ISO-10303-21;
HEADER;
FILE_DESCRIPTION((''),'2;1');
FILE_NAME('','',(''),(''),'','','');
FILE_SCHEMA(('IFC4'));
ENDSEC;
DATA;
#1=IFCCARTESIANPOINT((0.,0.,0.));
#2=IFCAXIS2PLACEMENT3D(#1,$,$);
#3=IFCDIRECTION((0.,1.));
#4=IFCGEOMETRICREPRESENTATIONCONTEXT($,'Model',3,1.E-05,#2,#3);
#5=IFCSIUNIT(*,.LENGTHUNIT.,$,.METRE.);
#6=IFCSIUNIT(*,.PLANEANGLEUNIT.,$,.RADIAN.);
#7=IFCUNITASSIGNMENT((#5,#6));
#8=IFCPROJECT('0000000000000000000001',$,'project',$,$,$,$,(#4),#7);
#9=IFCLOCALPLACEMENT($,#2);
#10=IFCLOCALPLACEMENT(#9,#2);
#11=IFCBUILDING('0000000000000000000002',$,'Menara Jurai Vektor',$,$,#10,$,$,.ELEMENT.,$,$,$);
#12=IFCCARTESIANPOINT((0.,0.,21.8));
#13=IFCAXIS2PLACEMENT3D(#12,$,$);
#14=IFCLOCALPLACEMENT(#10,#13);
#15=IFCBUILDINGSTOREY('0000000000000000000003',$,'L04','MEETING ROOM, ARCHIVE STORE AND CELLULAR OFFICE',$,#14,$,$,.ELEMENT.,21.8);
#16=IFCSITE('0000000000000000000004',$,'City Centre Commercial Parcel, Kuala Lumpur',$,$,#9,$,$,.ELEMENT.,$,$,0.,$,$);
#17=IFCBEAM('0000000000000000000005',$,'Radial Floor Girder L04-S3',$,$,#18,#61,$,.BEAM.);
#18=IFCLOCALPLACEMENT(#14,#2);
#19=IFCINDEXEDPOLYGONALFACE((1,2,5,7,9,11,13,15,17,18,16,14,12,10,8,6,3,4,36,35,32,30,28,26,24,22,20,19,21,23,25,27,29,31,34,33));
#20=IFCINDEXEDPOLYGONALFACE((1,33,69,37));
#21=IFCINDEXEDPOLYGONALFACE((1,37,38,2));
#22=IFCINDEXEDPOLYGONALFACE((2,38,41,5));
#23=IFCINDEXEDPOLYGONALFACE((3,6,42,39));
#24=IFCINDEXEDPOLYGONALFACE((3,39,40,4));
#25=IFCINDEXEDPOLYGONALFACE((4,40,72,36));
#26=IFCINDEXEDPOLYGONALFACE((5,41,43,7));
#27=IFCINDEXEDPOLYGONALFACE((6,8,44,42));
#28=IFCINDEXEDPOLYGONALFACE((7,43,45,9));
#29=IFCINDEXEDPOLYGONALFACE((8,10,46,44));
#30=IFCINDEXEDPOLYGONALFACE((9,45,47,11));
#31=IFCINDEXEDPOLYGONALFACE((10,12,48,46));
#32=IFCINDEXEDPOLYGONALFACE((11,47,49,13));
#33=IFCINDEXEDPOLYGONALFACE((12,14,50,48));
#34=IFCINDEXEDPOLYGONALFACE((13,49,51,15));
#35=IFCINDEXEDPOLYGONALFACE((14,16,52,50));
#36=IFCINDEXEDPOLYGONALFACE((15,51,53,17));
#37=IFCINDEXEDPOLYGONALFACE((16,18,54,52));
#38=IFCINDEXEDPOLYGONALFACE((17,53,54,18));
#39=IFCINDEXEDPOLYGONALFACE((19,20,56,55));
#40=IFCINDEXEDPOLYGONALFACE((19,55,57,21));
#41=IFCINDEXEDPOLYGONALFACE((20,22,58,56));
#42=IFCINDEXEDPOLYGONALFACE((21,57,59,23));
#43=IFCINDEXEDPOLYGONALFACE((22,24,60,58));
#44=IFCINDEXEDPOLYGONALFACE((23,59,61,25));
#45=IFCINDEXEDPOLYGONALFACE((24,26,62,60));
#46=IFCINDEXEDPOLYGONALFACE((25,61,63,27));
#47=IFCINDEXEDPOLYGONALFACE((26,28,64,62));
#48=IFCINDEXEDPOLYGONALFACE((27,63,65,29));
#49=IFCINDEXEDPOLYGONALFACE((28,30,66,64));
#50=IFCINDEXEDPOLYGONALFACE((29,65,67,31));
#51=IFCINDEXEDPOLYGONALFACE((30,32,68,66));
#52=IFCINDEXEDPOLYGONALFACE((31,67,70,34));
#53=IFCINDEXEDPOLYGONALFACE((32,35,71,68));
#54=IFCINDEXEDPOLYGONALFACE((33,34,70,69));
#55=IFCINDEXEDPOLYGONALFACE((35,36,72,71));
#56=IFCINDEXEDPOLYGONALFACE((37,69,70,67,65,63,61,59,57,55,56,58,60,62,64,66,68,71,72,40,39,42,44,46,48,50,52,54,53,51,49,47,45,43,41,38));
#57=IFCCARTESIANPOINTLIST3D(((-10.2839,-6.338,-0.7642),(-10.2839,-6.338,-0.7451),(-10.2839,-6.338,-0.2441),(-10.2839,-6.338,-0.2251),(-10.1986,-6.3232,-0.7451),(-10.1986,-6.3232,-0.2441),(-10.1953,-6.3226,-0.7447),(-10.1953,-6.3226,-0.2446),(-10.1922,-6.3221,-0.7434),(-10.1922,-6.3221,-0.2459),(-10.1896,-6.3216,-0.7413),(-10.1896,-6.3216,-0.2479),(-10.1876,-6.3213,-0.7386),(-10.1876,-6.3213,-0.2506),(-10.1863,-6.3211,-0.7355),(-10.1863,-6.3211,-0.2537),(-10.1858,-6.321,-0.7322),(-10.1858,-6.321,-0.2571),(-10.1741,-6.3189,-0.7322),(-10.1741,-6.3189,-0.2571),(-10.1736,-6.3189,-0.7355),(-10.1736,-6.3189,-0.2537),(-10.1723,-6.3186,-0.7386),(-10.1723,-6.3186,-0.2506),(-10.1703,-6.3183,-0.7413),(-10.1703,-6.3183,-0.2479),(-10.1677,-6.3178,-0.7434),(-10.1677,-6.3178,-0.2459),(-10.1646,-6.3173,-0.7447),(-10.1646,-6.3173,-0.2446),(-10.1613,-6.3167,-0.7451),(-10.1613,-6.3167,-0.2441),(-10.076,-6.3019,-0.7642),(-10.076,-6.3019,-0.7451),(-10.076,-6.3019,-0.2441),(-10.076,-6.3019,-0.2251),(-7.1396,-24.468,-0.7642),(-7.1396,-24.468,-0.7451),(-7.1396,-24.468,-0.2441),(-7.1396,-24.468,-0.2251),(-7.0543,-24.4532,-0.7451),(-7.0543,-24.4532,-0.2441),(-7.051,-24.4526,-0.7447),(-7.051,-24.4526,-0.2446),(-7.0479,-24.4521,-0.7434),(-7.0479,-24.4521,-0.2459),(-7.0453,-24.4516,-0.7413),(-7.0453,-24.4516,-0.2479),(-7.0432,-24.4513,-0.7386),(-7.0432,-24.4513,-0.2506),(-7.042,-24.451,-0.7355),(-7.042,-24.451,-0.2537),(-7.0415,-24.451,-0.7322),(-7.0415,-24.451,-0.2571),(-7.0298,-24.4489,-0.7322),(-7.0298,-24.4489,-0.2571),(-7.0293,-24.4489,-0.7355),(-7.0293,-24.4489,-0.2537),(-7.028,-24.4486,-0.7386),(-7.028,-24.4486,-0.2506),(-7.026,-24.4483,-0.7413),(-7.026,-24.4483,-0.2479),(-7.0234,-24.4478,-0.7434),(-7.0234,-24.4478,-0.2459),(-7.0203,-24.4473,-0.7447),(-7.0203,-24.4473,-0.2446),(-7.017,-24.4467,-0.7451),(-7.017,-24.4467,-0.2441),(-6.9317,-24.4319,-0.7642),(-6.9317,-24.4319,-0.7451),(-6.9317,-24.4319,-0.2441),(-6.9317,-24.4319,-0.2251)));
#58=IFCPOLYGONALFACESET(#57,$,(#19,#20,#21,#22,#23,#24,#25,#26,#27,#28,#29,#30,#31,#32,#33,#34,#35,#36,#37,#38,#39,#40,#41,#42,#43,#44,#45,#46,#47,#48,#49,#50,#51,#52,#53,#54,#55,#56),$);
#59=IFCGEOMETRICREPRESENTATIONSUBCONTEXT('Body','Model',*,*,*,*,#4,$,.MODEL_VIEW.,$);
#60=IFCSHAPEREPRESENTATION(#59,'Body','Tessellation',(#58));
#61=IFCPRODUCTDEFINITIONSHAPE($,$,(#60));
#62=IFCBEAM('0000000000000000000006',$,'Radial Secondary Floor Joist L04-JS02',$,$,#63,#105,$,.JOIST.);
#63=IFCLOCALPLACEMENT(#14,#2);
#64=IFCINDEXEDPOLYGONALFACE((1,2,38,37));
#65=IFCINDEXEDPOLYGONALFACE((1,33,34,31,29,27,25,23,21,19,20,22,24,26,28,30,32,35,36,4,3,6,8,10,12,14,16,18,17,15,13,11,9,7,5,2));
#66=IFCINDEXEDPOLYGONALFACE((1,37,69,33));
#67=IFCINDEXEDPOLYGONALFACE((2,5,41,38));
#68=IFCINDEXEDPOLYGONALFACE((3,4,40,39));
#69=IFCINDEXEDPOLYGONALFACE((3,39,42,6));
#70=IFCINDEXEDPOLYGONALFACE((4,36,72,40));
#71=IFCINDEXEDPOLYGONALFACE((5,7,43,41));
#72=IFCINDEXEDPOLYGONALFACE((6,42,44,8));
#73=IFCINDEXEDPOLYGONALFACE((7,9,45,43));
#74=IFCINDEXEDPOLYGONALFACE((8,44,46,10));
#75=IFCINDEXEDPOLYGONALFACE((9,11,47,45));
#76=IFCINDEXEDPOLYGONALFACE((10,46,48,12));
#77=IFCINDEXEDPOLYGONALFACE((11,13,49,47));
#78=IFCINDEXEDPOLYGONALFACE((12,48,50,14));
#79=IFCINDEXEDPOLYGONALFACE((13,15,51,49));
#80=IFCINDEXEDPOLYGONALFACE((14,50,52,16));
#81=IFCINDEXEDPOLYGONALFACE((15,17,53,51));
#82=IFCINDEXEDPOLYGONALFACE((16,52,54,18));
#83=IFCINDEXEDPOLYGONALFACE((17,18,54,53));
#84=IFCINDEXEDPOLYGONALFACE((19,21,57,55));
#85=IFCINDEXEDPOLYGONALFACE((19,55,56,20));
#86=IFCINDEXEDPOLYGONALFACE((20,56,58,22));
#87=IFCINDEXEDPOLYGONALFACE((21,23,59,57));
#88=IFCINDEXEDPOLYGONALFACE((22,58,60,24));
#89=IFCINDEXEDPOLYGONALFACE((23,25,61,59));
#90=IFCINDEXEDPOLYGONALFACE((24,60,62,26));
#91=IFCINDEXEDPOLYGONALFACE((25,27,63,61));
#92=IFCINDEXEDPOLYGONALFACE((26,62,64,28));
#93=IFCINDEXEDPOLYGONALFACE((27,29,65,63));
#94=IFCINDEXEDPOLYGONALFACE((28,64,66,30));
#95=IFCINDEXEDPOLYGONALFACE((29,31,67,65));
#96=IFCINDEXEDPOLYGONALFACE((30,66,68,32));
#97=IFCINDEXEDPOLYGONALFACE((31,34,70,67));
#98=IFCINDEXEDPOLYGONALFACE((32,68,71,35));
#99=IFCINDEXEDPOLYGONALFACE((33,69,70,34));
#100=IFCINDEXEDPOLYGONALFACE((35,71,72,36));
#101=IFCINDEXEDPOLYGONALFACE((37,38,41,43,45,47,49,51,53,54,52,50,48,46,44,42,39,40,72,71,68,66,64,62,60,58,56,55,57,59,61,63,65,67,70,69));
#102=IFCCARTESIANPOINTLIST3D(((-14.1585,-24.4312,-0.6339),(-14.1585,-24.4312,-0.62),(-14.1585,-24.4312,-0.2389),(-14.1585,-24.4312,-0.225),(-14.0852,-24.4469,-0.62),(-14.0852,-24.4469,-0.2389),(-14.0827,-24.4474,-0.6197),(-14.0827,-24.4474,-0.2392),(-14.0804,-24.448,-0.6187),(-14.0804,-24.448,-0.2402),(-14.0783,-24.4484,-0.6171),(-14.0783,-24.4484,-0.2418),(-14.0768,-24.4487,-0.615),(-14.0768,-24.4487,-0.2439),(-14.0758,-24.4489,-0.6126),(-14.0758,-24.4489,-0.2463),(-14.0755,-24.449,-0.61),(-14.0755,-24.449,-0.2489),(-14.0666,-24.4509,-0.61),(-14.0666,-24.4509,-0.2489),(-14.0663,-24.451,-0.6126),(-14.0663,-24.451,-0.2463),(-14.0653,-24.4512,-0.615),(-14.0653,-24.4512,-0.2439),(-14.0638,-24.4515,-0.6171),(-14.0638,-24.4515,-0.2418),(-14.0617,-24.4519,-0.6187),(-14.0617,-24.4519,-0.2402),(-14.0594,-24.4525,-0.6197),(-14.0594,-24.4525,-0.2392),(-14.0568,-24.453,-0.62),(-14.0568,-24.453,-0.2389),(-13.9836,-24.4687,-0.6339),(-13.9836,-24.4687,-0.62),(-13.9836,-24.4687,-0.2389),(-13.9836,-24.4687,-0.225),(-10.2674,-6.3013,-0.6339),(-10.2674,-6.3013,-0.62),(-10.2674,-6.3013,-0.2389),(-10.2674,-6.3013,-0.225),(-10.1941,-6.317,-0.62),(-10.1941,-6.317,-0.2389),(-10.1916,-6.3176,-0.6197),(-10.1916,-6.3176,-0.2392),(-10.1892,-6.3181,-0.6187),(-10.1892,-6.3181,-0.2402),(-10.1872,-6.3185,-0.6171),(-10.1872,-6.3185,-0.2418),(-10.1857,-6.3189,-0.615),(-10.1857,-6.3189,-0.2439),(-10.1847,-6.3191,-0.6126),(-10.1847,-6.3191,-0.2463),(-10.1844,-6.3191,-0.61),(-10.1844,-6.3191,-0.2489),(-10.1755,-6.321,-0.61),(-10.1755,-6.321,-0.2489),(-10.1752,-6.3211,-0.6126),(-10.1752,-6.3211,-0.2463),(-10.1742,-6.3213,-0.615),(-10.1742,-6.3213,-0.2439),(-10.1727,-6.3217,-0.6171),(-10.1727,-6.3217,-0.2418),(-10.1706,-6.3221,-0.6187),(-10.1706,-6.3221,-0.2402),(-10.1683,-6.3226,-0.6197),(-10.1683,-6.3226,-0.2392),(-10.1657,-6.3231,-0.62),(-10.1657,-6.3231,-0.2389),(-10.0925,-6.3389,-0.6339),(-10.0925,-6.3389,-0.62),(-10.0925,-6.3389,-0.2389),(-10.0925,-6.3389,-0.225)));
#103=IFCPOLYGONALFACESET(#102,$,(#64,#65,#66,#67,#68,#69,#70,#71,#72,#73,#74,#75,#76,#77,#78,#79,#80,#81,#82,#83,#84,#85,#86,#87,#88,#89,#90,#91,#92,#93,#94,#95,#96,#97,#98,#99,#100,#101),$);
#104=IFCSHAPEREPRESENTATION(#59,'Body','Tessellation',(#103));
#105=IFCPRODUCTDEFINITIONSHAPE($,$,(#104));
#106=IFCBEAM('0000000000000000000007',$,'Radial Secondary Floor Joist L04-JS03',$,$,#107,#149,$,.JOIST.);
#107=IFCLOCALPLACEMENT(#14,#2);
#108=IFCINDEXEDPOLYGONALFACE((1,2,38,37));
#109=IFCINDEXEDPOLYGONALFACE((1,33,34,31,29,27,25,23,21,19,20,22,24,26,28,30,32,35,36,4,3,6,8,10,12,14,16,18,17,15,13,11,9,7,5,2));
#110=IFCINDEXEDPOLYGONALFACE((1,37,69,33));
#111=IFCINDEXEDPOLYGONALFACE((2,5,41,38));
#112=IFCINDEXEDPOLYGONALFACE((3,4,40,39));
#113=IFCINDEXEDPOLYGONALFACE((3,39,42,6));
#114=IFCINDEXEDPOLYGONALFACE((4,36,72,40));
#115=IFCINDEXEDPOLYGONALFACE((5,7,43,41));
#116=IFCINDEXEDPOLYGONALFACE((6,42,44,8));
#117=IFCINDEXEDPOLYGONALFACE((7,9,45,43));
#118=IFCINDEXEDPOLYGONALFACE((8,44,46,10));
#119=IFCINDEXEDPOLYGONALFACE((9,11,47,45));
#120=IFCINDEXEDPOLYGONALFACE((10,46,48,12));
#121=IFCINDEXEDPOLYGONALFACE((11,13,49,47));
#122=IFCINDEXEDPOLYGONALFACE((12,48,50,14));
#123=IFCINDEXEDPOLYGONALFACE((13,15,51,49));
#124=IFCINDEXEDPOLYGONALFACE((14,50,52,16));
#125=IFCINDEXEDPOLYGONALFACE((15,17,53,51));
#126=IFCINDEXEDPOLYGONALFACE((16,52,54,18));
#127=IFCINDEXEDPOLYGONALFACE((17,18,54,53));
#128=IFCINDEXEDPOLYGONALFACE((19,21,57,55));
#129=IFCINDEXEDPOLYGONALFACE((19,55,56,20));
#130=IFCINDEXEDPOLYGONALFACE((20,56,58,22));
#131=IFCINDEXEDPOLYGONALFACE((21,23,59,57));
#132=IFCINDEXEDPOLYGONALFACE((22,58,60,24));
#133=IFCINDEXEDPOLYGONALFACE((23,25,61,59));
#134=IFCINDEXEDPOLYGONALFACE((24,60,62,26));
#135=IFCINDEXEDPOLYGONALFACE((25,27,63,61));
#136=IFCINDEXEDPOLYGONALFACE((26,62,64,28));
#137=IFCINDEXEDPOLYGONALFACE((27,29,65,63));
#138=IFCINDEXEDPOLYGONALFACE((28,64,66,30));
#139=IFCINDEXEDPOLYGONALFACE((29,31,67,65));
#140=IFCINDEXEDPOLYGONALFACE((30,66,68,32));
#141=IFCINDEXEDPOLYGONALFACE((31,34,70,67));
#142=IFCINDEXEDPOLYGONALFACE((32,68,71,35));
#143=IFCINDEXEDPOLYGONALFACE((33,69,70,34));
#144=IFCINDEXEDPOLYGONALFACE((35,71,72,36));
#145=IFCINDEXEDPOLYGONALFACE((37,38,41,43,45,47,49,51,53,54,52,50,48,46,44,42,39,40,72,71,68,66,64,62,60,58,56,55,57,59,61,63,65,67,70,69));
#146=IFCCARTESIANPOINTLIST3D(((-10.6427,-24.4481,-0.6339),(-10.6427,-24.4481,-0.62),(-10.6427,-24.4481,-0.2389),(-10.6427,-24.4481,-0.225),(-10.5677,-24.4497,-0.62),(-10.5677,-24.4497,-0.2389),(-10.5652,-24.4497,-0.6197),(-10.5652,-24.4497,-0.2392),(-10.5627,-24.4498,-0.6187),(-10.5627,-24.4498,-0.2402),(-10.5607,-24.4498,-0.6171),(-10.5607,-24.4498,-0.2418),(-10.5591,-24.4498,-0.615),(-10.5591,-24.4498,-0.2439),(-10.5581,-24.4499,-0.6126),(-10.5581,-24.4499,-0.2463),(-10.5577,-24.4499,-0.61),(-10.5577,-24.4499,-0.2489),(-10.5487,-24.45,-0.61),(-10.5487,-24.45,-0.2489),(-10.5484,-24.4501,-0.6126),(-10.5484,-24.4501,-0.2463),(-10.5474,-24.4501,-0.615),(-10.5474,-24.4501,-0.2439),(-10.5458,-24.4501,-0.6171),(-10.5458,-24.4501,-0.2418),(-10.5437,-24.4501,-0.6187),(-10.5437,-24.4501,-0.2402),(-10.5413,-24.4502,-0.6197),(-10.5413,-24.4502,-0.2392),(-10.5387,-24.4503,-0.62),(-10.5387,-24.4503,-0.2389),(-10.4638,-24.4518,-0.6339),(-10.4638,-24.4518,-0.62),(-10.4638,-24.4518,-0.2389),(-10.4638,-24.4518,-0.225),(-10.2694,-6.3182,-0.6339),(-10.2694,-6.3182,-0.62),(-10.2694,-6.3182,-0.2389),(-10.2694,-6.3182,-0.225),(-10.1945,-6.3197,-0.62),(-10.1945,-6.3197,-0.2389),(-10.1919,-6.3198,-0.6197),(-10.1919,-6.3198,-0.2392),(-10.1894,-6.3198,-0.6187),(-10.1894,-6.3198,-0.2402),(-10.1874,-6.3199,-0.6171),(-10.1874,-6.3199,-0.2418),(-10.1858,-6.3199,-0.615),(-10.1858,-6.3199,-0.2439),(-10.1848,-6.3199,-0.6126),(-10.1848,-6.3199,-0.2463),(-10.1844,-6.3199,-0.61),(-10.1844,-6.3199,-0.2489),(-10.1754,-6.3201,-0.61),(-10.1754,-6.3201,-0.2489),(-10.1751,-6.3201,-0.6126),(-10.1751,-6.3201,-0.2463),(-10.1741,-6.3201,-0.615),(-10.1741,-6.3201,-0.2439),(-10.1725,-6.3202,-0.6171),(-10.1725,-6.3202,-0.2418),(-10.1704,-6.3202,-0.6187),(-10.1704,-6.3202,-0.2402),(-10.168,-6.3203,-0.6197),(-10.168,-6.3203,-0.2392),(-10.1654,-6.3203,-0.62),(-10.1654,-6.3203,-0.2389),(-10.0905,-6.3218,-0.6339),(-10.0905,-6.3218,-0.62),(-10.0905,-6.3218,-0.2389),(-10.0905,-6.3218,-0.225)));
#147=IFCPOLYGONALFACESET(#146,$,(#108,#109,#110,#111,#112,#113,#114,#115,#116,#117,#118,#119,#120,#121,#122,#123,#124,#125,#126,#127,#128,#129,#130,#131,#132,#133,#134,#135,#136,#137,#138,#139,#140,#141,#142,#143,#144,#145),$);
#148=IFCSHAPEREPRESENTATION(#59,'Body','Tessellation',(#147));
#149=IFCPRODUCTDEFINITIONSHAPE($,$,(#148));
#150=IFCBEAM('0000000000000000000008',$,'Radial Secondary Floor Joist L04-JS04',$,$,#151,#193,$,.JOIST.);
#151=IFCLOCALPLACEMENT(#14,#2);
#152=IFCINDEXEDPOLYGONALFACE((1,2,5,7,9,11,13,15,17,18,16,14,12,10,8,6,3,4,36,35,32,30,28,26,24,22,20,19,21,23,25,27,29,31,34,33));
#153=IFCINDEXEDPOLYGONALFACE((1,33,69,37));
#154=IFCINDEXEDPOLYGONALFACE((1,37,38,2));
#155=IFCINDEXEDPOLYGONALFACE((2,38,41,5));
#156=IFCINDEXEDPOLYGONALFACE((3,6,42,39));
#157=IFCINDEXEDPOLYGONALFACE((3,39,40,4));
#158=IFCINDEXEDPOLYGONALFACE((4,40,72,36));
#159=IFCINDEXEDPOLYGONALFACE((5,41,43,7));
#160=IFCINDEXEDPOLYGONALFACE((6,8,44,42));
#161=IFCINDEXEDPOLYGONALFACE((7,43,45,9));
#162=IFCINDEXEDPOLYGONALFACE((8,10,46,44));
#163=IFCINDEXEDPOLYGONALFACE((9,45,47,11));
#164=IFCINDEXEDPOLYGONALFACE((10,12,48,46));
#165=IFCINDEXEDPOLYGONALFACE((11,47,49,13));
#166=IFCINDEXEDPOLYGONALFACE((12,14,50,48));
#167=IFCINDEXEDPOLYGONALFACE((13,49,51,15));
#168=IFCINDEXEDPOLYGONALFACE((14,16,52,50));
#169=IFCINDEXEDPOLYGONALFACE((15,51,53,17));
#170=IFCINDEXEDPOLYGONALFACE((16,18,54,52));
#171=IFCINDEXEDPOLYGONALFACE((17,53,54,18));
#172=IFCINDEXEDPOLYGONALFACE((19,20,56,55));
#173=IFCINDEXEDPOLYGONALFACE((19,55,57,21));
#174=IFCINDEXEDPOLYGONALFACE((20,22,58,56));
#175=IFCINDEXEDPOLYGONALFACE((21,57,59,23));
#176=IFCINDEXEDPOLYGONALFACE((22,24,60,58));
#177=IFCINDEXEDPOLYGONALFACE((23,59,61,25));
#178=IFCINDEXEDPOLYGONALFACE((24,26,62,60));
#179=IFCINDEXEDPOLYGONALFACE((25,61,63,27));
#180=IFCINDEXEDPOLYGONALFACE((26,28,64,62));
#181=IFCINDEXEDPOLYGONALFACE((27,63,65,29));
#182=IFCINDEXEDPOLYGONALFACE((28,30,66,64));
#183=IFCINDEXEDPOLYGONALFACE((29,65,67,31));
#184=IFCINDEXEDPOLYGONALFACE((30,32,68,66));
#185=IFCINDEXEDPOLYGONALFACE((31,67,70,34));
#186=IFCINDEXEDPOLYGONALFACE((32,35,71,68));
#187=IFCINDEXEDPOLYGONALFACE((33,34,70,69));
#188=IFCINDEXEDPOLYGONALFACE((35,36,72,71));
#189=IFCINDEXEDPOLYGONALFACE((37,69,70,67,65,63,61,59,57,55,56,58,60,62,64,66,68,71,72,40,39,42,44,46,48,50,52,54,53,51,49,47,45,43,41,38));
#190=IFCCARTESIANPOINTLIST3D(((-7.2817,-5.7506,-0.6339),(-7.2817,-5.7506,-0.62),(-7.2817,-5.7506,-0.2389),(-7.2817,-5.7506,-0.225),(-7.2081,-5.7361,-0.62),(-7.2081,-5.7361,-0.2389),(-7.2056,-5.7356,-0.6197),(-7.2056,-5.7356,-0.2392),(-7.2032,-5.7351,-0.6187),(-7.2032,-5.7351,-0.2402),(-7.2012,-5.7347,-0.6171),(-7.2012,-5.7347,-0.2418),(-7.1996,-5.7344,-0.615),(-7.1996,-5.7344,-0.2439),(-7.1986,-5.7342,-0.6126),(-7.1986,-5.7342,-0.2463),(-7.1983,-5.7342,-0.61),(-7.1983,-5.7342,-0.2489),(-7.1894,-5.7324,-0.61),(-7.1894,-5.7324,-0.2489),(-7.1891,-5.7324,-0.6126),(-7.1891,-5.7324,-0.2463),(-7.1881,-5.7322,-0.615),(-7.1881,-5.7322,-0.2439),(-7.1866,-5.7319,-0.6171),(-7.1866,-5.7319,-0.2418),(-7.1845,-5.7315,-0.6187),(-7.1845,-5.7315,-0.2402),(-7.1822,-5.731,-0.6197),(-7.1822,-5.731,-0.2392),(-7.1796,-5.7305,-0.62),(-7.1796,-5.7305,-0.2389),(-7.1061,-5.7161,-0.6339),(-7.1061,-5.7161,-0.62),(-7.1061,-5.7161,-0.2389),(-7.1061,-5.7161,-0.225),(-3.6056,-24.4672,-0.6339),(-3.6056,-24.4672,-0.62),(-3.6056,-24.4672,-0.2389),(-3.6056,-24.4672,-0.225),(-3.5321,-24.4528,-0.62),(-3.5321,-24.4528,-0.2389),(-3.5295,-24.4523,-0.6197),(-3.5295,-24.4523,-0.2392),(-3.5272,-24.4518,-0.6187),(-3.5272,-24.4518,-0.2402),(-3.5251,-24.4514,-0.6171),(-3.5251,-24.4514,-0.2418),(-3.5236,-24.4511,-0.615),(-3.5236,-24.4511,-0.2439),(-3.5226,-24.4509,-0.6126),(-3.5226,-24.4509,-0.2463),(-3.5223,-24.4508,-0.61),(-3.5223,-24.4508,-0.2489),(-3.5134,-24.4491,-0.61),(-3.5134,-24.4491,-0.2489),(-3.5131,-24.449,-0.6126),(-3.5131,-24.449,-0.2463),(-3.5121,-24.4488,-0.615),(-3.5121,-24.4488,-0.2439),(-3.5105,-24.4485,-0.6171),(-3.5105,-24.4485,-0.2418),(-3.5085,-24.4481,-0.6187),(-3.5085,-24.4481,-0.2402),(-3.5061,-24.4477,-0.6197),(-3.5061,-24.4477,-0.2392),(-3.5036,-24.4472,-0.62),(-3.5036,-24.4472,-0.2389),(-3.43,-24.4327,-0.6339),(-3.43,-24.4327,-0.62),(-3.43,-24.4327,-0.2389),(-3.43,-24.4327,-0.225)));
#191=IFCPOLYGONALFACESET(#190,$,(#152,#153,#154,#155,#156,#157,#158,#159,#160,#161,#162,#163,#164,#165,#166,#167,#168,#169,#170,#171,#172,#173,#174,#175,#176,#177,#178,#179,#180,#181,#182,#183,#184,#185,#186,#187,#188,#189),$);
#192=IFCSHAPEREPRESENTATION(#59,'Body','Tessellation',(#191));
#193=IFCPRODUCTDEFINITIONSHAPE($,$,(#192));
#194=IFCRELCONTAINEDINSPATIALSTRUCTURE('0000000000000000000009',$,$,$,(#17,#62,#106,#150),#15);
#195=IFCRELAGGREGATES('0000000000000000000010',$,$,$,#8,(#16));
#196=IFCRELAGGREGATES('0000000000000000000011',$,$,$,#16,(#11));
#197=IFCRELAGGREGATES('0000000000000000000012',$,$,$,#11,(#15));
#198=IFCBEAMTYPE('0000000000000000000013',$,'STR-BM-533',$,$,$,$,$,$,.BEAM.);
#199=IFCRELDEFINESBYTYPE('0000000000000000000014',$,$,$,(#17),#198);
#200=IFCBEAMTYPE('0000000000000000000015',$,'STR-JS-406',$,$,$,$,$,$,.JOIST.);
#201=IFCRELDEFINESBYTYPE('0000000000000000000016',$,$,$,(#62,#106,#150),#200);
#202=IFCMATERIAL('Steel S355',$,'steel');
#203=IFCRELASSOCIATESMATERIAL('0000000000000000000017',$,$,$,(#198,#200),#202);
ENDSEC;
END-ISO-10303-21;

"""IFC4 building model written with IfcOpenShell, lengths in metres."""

from ifc_helpers import new_model, si_unit, direction, frame, origin, origin_2d, place, context, subcontext, project, spatial, i_section, extrude, material, material_profile, profile_set, type_object, element, save


model = new_model("IFC4")

# Units and contexts
model_context = context("Model", 3, precision=1e-05, world=origin(), true_north=direction((0.0, 1.0)))
body_context = subcontext(model_context, "Body", "Model", "MODEL_VIEW")
ifc_project = project(units=[si_unit("LENGTHUNIT", "METRE"), si_unit("PLANEANGLEUNIT", "RADIAN")], contexts=[model_context])

# Site, building, storey
site_placement = place(None, origin())
site = spatial("IfcSite", under=ifc_project, at=site_placement, Name="City Centre Commercial Parcel, Kuala Lumpur", CompositionType="ELEMENT", RefElevation=0.0)
building_placement = place(site_placement, origin())
building = spatial("IfcBuilding", under=site, at=building_placement, Name="Menara Jurai Vektor", CompositionType="ELEMENT")
storey_placement = place(building_placement, frame((0.0, 0.0, 21.8)))
storey = spatial("IfcBuildingStorey", under=building, at=storey_placement, Name="L04", Description="MEETING ROOM, ARCHIVE STORE AND CELLULAR OFFICE", CompositionType="ELEMENT", Elevation=21.8)

# Beams
ifc_material_1 = material(Name="Steel S355", Category="steel")
ifc_material_profile_1 = material_profile(ifc_material_1, i_section(OverallWidth=0.2109, OverallDepth=0.5391, WebThickness=0.012, FlangeThickness=0.019, FilletRadius=0.0129, at=origin_2d()), Name="UKB 533x210x109")
ifc_profile_set_1 = profile_set([ifc_material_profile_1], Name="Steel S355")
beam_type_1 = type_object("IfcBeamType", Name="STR-BM-533", PredefinedType="BEAM", material=ifc_profile_set_1)
beam_1_placement = place(storey_placement, frame((-7.0356, -24.45, -0.4946), z_axis=(-0.17088, 0.985292, 0.0), x_axis=(-0.985292, -0.17088, 0.0)))
element("IfcBeam", 1, at=beam_1_placement, inside=storey, type_object=beam_type_1, Name="Radial Floor Girder L04-S3", PredefinedType="BEAM", context=body_context, shape_type="SweptSolid", body=[
    extrude(i_section(OverallWidth=0.2109, OverallDepth=0.5391, WebThickness=0.012, FlangeThickness=0.019, FilletRadius=0.0129, at=origin_2d()), origin(), (0.0, 0.0, 1.0), 18.4006),
])
ifc_material_profile_2 = material_profile(ifc_material_1, i_section(OverallWidth=0.179, OverallDepth=0.4089, WebThickness=0.009, FlangeThickness=0.0139, FilletRadius=0.01, at=origin_2d()), Name="UKB 406x178x67")
ifc_profile_set_2 = profile_set([ifc_material_profile_2], Name="Steel S355")
beam_type_2 = type_object("IfcBeamType", Name="STR-JS-406", PredefinedType="JOIST", material=ifc_profile_set_2)
beam_2_placement = place(storey_placement, frame((-14.071, -24.45, -0.4294), z_axis=(0.209846, 0.977735, 0.0), x_axis=(-0.977735, 0.209846, 0.0)))
element("IfcBeam", 2, at=beam_2_placement, inside=storey, type_object=beam_type_2, Name="Radial Secondary Floor Joist L04-JS02", PredefinedType="JOIST", context=body_context, shape_type="SweptSolid", body=[
    extrude(i_section(OverallWidth=0.179, OverallDepth=0.4089, WebThickness=0.009, FlangeThickness=0.0139, FilletRadius=0.01, at=origin_2d()), origin(), (0.0, 0.0, 1.0), 18.5427),
])
beam_3_placement = place(storey_placement, frame((-10.5532, -24.45, -0.4294), z_axis=(0.020585, 0.999788, 0.0), x_axis=(-0.999788, 0.020585, 0.0)))
element("IfcBeam", 3, at=beam_3_placement, inside=storey, type_object=beam_type_2, Name="Radial Secondary Floor Joist L04-JS03", PredefinedType="JOIST", context=body_context, shape_type="SweptSolid", body=[
    extrude(i_section(OverallWidth=0.179, OverallDepth=0.4089, WebThickness=0.009, FlangeThickness=0.0139, FilletRadius=0.01, at=origin_2d()), origin(), (0.0, 0.0, 1.0), 18.1338),
])
beam_4_placement = place(storey_placement, frame((-3.5178, -24.45, -0.4294), z_axis=(-0.192723, 0.981253, 0.0), x_axis=(-0.981253, -0.192723, 0.0)))
element("IfcBeam", 4, at=beam_4_placement, inside=storey, type_object=beam_type_2, Name="Radial Secondary Floor Joist L04-JS04", PredefinedType="JOIST", context=body_context, shape_type="SweptSolid", body=[
    extrude(i_section(OverallWidth=0.179, OverallDepth=0.4089, WebThickness=0.009, FlangeThickness=0.0139, FilletRadius=0.01, at=origin_2d()), origin(), (0.0, 0.0, 1.0), 19.0742),
])

save(model, "model.ifc")
